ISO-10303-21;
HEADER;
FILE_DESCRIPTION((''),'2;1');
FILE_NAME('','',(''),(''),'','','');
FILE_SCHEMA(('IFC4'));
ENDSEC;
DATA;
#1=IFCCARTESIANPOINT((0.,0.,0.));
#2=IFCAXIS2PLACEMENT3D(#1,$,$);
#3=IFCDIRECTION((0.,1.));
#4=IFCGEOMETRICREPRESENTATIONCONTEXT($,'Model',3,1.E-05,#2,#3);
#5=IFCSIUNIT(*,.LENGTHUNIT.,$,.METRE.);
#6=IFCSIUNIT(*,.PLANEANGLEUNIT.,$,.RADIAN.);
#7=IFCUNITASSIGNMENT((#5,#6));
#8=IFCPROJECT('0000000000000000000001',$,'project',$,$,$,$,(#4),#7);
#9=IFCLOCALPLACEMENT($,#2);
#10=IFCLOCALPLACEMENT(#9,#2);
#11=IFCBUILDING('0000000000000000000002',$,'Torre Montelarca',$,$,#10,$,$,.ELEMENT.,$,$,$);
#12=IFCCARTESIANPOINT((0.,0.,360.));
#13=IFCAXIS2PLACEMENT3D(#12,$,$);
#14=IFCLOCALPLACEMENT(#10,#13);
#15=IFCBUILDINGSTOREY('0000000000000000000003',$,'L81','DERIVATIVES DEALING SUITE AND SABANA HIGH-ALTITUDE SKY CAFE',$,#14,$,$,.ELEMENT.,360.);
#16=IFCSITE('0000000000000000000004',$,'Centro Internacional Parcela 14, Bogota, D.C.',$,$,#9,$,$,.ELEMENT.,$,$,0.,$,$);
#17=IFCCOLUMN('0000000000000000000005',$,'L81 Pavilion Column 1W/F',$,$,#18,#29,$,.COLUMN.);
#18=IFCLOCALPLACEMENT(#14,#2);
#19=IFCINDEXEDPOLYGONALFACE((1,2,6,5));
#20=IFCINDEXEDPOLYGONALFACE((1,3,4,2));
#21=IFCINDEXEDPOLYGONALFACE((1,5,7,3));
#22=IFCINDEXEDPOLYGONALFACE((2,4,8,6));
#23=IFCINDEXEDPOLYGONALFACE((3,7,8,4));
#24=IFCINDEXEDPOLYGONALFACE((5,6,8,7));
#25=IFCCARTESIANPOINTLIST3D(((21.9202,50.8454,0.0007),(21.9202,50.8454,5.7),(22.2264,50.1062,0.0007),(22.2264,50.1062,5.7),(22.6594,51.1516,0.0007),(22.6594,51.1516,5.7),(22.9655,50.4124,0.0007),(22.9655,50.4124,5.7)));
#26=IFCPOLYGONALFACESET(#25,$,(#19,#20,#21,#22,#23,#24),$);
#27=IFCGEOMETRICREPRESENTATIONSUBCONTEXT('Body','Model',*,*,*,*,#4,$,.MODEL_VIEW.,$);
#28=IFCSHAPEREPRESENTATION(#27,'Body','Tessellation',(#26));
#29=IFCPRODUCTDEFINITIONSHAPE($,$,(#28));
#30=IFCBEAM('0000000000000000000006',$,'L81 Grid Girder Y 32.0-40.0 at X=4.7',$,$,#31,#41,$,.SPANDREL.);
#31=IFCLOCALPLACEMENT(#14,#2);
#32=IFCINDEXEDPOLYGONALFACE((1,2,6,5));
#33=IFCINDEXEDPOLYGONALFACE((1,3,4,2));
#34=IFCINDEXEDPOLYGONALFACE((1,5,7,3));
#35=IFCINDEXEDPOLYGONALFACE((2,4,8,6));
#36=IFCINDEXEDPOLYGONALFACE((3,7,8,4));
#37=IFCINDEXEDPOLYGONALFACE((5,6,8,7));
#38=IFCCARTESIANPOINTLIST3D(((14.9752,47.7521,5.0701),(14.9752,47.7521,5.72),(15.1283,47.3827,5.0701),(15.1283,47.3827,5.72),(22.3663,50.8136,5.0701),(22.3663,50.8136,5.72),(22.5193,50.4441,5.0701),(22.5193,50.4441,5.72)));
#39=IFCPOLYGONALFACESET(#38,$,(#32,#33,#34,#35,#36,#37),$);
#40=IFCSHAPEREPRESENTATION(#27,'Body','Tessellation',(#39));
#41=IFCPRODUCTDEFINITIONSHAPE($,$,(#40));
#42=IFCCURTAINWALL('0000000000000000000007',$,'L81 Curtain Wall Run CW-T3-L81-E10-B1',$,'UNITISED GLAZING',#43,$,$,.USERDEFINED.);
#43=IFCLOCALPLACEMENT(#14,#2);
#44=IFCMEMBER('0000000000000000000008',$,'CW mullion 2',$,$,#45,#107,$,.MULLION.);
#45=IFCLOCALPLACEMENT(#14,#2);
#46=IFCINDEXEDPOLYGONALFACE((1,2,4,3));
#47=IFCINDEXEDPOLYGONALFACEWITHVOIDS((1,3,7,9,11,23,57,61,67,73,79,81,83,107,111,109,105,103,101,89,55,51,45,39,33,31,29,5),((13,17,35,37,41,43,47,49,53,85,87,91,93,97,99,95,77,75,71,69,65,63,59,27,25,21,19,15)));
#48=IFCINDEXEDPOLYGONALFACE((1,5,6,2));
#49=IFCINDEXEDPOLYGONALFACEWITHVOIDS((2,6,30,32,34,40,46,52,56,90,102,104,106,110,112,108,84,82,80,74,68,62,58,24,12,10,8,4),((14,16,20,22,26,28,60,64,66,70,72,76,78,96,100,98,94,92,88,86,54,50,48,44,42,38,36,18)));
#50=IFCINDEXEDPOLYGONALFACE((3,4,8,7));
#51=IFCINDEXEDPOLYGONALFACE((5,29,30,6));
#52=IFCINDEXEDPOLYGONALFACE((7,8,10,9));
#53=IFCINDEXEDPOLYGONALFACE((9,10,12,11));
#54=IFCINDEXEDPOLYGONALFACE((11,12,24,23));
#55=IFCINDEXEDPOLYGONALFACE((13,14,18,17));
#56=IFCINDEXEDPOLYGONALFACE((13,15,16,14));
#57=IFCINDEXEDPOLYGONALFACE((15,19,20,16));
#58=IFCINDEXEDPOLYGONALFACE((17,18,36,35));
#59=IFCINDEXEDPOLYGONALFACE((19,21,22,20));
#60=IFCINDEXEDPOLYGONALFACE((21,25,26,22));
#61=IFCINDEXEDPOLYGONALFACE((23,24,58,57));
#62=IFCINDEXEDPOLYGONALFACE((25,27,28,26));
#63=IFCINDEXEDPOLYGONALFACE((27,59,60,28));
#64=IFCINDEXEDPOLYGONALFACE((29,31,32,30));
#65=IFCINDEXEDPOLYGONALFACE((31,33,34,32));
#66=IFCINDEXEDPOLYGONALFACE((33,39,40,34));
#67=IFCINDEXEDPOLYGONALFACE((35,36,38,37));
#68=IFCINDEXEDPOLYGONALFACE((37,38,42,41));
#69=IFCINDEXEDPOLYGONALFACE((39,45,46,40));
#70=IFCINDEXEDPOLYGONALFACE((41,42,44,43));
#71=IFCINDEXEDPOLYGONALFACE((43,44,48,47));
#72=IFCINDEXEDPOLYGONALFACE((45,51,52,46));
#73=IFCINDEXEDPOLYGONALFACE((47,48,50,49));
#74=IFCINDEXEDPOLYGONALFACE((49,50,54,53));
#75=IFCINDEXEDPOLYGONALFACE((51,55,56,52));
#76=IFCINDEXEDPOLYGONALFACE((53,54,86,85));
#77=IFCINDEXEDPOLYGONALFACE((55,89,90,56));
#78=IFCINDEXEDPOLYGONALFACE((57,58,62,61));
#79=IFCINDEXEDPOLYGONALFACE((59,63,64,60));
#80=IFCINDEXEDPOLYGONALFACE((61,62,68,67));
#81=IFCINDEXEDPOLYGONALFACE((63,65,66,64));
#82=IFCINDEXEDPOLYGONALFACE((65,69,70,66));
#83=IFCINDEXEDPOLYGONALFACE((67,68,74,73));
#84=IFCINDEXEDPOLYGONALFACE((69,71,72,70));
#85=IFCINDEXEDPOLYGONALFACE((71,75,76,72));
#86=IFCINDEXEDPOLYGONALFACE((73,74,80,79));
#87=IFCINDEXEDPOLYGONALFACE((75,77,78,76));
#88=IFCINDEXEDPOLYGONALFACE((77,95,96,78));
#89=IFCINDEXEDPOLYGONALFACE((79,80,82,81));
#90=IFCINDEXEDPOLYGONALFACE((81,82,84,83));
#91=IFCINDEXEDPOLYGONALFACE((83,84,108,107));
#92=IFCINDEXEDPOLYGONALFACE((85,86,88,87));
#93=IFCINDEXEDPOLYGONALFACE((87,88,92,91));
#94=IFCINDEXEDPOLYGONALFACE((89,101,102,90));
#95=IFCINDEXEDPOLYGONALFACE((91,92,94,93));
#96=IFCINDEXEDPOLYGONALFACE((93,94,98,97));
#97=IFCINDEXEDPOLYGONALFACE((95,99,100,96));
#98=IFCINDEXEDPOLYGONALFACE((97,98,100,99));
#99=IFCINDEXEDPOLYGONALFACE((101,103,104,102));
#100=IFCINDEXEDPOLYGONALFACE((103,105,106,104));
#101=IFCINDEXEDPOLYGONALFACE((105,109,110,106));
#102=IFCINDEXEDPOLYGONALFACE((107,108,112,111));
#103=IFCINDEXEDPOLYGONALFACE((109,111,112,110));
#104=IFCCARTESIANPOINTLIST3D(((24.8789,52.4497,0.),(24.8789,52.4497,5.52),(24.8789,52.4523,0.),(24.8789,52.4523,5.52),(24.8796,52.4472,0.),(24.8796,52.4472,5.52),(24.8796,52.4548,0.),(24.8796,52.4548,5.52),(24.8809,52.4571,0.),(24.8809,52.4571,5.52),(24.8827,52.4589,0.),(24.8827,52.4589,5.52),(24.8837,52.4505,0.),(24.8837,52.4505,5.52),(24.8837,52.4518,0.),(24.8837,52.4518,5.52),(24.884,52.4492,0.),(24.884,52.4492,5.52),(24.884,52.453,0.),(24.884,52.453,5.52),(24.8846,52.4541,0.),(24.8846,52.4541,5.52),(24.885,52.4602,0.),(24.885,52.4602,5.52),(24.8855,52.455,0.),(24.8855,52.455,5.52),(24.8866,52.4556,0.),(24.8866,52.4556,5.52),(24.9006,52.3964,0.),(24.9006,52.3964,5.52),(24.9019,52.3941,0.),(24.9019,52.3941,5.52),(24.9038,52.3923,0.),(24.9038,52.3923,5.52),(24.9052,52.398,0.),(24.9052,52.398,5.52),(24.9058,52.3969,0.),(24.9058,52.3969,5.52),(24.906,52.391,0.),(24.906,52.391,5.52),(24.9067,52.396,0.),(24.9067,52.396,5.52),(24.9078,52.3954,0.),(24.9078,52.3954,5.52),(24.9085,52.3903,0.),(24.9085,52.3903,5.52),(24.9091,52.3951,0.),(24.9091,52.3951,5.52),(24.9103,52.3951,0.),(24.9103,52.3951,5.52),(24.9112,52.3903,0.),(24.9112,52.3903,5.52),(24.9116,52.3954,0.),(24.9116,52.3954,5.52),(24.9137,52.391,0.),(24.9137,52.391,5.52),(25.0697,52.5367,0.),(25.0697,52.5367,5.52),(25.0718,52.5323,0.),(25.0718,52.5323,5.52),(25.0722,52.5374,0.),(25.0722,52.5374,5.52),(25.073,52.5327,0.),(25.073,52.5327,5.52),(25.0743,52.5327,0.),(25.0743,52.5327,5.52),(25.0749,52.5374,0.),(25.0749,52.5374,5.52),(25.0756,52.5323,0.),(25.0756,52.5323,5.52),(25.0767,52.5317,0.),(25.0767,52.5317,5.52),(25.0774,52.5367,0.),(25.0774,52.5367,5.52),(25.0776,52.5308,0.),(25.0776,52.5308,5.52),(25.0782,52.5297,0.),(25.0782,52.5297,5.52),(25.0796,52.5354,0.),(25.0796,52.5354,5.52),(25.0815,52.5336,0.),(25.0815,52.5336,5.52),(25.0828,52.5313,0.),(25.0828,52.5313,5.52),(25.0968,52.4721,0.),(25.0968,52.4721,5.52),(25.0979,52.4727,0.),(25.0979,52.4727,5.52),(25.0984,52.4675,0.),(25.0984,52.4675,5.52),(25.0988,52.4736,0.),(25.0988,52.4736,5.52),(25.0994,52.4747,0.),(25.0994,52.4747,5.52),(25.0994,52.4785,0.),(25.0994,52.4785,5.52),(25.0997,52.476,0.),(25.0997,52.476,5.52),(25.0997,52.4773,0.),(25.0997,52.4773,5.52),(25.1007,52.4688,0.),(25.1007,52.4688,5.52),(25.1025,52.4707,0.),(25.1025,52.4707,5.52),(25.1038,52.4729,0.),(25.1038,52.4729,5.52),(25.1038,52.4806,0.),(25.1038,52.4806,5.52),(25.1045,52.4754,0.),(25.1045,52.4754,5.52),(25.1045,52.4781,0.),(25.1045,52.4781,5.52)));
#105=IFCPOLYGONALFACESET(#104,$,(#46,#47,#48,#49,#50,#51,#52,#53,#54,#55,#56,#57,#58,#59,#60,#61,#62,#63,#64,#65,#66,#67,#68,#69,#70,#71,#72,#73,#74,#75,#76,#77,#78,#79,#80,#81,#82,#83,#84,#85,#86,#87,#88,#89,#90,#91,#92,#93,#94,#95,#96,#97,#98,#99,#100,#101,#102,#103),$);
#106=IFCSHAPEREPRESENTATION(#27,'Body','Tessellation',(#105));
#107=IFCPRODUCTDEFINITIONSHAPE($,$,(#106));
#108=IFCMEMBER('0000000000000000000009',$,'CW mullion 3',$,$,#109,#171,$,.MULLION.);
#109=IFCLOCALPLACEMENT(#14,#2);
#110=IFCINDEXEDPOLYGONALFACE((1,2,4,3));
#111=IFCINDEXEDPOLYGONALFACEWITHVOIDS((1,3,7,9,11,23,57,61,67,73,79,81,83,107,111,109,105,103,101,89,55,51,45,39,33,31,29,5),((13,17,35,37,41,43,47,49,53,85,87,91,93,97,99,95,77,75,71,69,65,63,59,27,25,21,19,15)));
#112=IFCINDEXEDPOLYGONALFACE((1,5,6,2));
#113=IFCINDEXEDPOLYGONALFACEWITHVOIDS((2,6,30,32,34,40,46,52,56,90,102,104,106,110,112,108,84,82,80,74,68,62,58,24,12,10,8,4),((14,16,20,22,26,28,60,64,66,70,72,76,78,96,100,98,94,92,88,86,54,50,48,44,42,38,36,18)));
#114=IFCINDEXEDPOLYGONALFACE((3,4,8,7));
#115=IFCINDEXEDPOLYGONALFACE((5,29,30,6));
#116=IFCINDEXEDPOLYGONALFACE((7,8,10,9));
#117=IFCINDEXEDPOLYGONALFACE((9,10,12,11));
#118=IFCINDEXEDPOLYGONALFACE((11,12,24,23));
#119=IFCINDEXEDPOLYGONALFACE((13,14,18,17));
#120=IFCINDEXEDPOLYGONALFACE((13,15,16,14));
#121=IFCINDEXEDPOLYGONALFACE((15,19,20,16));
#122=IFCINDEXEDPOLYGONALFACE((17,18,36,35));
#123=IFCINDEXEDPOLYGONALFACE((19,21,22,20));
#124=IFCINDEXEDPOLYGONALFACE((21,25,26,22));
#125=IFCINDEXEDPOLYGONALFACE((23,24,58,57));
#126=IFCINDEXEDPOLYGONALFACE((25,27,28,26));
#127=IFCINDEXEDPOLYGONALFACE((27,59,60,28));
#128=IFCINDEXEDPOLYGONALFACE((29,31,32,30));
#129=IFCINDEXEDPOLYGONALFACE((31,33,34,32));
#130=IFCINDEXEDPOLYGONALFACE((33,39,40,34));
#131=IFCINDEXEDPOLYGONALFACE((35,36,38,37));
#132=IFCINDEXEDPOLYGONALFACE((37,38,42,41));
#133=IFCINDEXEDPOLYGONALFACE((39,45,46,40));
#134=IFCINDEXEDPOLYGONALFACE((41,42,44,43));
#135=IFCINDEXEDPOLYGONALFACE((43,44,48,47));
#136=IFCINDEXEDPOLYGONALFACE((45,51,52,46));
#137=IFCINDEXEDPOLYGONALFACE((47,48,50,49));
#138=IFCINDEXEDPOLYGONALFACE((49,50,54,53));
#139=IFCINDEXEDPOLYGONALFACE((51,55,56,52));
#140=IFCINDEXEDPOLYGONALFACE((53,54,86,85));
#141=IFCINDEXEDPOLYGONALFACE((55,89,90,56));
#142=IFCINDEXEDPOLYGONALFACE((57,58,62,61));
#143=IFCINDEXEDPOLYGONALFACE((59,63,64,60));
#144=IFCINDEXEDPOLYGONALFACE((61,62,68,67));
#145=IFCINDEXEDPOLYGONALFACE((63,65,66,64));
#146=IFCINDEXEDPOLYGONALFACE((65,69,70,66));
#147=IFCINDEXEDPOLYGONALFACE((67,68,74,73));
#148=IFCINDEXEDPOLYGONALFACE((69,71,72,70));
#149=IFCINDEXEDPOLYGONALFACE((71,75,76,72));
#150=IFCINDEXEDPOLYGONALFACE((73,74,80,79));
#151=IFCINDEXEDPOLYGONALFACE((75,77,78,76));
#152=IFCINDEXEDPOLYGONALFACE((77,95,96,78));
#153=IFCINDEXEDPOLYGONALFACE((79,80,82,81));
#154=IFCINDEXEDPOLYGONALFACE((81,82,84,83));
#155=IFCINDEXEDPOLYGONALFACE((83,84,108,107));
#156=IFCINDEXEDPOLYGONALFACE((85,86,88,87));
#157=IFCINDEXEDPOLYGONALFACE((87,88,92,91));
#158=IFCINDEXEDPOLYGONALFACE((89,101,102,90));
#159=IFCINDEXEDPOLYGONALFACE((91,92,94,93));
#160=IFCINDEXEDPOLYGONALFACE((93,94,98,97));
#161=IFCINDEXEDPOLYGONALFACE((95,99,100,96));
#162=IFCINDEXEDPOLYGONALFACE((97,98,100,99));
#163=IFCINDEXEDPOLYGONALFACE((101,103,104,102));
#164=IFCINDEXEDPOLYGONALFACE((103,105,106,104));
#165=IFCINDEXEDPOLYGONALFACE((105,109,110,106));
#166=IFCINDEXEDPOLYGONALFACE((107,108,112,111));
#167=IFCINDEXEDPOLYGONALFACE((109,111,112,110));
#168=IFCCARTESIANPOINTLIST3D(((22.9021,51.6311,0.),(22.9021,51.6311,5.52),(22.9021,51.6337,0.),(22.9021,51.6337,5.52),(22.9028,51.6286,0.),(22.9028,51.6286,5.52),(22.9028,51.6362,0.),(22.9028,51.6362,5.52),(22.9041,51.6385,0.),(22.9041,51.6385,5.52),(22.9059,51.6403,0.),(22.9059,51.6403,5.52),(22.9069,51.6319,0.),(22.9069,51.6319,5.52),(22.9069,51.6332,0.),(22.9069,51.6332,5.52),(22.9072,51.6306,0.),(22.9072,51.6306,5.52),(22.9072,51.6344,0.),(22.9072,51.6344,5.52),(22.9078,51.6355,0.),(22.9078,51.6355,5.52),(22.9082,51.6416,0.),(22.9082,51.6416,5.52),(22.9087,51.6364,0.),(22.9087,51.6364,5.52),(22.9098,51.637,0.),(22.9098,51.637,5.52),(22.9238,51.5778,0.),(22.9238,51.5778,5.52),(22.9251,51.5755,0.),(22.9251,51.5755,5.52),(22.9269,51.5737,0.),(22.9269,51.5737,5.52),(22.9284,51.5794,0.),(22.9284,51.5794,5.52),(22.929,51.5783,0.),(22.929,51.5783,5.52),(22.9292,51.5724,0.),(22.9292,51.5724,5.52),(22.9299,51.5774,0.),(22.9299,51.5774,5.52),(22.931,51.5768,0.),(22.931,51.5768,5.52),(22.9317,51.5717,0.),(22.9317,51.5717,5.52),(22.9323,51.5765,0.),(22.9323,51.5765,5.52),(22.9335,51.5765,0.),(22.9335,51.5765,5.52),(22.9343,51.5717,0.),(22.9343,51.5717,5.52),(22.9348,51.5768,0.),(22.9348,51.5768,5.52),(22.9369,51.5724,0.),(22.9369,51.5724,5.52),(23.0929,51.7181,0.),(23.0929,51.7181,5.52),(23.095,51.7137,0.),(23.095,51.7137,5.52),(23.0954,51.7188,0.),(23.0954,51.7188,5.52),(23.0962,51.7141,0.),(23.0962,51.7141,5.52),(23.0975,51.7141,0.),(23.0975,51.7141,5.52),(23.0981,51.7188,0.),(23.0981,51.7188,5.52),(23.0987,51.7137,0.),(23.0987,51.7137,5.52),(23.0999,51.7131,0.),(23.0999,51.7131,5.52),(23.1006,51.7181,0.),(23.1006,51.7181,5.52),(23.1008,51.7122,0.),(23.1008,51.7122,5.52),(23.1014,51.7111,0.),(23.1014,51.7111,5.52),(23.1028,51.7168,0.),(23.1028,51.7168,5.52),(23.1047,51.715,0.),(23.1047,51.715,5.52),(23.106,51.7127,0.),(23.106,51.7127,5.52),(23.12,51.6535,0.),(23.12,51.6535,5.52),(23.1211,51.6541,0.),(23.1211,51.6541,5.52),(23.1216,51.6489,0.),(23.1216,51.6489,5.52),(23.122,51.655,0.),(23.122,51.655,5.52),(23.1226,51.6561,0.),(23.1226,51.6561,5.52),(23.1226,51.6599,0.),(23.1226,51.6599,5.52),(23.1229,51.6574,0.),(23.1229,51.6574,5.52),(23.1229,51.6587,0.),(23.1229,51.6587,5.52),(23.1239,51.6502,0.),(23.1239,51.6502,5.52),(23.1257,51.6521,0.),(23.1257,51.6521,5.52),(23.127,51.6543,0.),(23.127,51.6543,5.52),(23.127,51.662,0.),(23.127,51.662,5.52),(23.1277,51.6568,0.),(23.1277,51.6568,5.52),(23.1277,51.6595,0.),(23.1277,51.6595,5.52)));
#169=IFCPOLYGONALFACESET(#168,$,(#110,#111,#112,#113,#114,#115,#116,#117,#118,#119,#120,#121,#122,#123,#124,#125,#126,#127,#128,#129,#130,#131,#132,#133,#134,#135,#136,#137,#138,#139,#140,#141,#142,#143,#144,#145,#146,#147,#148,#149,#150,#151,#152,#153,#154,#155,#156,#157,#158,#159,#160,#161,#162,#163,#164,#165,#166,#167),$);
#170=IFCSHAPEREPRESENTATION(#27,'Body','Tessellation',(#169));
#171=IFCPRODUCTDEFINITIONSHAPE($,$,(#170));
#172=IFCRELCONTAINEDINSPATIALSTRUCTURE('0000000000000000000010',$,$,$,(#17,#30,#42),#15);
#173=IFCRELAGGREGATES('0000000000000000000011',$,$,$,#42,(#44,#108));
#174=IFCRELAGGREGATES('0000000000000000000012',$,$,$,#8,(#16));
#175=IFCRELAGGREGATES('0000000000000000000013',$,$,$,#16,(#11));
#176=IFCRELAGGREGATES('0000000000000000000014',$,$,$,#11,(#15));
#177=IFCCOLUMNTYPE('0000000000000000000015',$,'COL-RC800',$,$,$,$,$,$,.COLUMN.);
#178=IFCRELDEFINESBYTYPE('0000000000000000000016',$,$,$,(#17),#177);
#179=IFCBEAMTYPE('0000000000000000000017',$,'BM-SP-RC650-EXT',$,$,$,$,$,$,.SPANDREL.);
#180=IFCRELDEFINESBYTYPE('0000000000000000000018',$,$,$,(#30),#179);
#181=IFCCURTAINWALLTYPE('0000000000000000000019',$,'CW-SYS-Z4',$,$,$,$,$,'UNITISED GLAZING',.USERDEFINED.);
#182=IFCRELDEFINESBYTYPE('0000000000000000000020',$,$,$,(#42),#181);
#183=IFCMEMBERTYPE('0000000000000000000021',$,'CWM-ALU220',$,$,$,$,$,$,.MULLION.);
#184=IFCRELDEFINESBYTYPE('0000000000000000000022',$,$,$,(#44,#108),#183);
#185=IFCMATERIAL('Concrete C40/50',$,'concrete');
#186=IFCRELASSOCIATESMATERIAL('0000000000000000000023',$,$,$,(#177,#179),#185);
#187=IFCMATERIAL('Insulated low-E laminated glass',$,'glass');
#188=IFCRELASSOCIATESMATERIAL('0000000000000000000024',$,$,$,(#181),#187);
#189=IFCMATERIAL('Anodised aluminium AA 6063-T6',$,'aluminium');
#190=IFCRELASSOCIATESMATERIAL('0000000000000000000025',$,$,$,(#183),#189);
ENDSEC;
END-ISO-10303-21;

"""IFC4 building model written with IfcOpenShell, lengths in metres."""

from ifc_helpers import new_model, si_unit, direction, frame, origin, origin_2d, place, context, subcontext, project, spatial, rectangle, hollow_rectangle, extrude, source, transform, mapped, material, material_profile, profile_set, type_object, element, aggregate, save


model = new_model("IFC4")

# Units and contexts
model_context = context("Model", 3, precision=1e-05, world=origin(), true_north=direction((0.0, 1.0)))
body_context = subcontext(model_context, "Body", "Model", "MODEL_VIEW")
ifc_project = project(units=[si_unit("LENGTHUNIT", "METRE"), si_unit("PLANEANGLEUNIT", "RADIAN")], contexts=[model_context])

# Site, building, storey
site_placement = place(None, origin())
site = spatial("IfcSite", under=ifc_project, at=site_placement, Name="Centro Internacional Parcela 14, Bogota, D.C.", CompositionType="ELEMENT", RefElevation=0.0)
building_placement = place(site_placement, origin())
building = spatial("IfcBuilding", under=site, at=building_placement, Name="Torre Montelarca", CompositionType="ELEMENT")
storey_placement = place(building_placement, frame((0.0, 0.0, 360.0)))
storey = spatial("IfcBuildingStorey", under=building, at=storey_placement, Name="L81", Description="DERIVATIVES DEALING SUITE AND SABANA HIGH-ALTITUDE SKY CAFE", CompositionType="ELEMENT", Elevation=360.0)

# Column
ifc_material_1 = material(Name="Concrete C40/50", Category="concrete")
ifc_material_profile_1 = material_profile(ifc_material_1, rectangle(XDim=0.8, YDim=0.8, at=origin_2d()), Name="RC800X800", Category="concrete")
ifc_profile_set_1 = profile_set([ifc_material_profile_1], Name="Concrete C40/50")
column_type = type_object("IfcColumnType", Name="COL-RC800", PredefinedType="COLUMN", material=ifc_profile_set_1)
shared_shape_1 = source(origin(), body_context, "Body", "SweptSolid", [
    extrude(rectangle(XDim=0.8, YDim=0.8, at=origin_2d()), origin(), (0.0, 0.0, 1.0), 5.6992),
])
column_placement = place(storey_placement, frame((22.4429, 50.6289, 0.0007), z_axis=(0.0, 0.0, 1.0), x_axis=(-0.382683, 0.92388, 0.0)))
element("IfcColumn", 1, at=column_placement, inside=storey, type_object=column_type, Name="L81 Pavilion Column 1W/F", PredefinedType="COLUMN", context=body_context, shape_type="MappedRepresentation", body=[
    mapped(shared_shape_1, transform((0.0, 0.0, 0.0), scale=1.0)),
])

# Beam
ifc_material_profile_2 = material_profile(ifc_material_1, rectangle(XDim=0.3999, YDim=0.6499, at=origin_2d()), Name="RCB400X650", Category="concrete")
ifc_profile_set_2 = profile_set([ifc_material_profile_2], Name="Concrete C40/50")
beam_type = type_object("IfcBeamType", Name="BM-SP-RC650-EXT", PredefinedType="SPANDREL", material=ifc_profile_set_2)
shared_shape_2 = source(origin(), body_context, "Body", "SweptSolid", [
    extrude(rectangle(XDim=0.3999, YDim=0.6499, at=origin_2d()), origin(), (0.0, 0.0, 1.0), 8.0),
])
beam_placement = place(storey_placement, frame((15.0518, 47.5674, 5.395), z_axis=(0.923878, 0.382686, 0.0), x_axis=(-0.382686, 0.923878, 0.0)))
element("IfcBeam", 2, at=beam_placement, inside=storey, type_object=beam_type, Name="L81 Grid Girder Y 32.0-40.0 at X=4.7", PredefinedType="SPANDREL", context=body_context, shape_type="MappedRepresentation", body=[
    mapped(shared_shape_2, transform((0.0, 0.0, 0.0), scale=1.0)),
])

# Curtain wall, members
ifc_material_2 = material(Name="Insulated low-E laminated glass", Category="glass")
curtain_wall_type = type_object("IfcCurtainWallType", Name="CW-SYS-Z4", ElementType="UNITISED GLAZING", PredefinedType="USERDEFINED", material=ifc_material_2)
curtain_wall_1_placement = place(storey_placement, origin())
curtain_wall_1 = element("IfcCurtainWall", 3, at=curtain_wall_1_placement, inside=storey, type_object=curtain_wall_type, Name="L81 Curtain Wall Run CW-T3-L81-E10-B1", ObjectType="UNITISED GLAZING", PredefinedType="USERDEFINED")
ifc_material_3 = material(Name="Anodised aluminium AA 6063-T6", Category="aluminium")
ifc_material_profile_3 = material_profile(ifc_material_3, hollow_rectangle(XDim=0.075, YDim=0.22, WallThickness=0.0049, InnerFilletRadius=0.0049, OuterFilletRadius=0.01, at=origin_2d()), Name="ALU75X220X5", Category="aluminium")
ifc_profile_set_3 = profile_set([ifc_material_profile_3], Name="Anodised aluminium AA 6063-T6")
member_type_1 = type_object("IfcMemberType", Name="CWM-ALU220", PredefinedType="MULLION", material=ifc_profile_set_3)
shared_shape_3 = source(origin(), body_context, "Body", "SweptSolid", [
    extrude(hollow_rectangle(XDim=0.075, YDim=0.22, WallThickness=0.0049, InnerFilletRadius=0.0049, OuterFilletRadius=0.01, at=origin_2d()), origin(), (0.0, 0.0, 1.0), 5.52),
])
member_1_placement = place(storey_placement, frame((24.9917, 52.4639, 0.0), z_axis=(0.0, 0.0, 1.0), x_axis=(0.382672, -0.923884, 0.0)))
member_1 = element("IfcMember", 4, at=member_1_placement, type_object=member_type_1, Name="CW mullion 2", PredefinedType="MULLION", context=body_context, shape_type="MappedRepresentation", body=[
    mapped(shared_shape_3, transform((0.0, 0.0, 0.0), scale=1.0)),
])
member_2_placement = place(storey_placement, frame((23.0149, 51.6453, 0.0), z_axis=(0.0, 0.0, 1.0), x_axis=(0.382672, -0.923884, 0.0)))
member_2 = element("IfcMember", 5, at=member_2_placement, type_object=member_type_1, Name="CW mullion 3", PredefinedType="MULLION", context=body_context, shape_type="MappedRepresentation", body=[
    mapped(shared_shape_3, transform((0.0, 0.0, 0.0), scale=1.0)),
])

aggregate(curtain_wall_1, [member_1, member_2])

save(model, "model.ifc")
